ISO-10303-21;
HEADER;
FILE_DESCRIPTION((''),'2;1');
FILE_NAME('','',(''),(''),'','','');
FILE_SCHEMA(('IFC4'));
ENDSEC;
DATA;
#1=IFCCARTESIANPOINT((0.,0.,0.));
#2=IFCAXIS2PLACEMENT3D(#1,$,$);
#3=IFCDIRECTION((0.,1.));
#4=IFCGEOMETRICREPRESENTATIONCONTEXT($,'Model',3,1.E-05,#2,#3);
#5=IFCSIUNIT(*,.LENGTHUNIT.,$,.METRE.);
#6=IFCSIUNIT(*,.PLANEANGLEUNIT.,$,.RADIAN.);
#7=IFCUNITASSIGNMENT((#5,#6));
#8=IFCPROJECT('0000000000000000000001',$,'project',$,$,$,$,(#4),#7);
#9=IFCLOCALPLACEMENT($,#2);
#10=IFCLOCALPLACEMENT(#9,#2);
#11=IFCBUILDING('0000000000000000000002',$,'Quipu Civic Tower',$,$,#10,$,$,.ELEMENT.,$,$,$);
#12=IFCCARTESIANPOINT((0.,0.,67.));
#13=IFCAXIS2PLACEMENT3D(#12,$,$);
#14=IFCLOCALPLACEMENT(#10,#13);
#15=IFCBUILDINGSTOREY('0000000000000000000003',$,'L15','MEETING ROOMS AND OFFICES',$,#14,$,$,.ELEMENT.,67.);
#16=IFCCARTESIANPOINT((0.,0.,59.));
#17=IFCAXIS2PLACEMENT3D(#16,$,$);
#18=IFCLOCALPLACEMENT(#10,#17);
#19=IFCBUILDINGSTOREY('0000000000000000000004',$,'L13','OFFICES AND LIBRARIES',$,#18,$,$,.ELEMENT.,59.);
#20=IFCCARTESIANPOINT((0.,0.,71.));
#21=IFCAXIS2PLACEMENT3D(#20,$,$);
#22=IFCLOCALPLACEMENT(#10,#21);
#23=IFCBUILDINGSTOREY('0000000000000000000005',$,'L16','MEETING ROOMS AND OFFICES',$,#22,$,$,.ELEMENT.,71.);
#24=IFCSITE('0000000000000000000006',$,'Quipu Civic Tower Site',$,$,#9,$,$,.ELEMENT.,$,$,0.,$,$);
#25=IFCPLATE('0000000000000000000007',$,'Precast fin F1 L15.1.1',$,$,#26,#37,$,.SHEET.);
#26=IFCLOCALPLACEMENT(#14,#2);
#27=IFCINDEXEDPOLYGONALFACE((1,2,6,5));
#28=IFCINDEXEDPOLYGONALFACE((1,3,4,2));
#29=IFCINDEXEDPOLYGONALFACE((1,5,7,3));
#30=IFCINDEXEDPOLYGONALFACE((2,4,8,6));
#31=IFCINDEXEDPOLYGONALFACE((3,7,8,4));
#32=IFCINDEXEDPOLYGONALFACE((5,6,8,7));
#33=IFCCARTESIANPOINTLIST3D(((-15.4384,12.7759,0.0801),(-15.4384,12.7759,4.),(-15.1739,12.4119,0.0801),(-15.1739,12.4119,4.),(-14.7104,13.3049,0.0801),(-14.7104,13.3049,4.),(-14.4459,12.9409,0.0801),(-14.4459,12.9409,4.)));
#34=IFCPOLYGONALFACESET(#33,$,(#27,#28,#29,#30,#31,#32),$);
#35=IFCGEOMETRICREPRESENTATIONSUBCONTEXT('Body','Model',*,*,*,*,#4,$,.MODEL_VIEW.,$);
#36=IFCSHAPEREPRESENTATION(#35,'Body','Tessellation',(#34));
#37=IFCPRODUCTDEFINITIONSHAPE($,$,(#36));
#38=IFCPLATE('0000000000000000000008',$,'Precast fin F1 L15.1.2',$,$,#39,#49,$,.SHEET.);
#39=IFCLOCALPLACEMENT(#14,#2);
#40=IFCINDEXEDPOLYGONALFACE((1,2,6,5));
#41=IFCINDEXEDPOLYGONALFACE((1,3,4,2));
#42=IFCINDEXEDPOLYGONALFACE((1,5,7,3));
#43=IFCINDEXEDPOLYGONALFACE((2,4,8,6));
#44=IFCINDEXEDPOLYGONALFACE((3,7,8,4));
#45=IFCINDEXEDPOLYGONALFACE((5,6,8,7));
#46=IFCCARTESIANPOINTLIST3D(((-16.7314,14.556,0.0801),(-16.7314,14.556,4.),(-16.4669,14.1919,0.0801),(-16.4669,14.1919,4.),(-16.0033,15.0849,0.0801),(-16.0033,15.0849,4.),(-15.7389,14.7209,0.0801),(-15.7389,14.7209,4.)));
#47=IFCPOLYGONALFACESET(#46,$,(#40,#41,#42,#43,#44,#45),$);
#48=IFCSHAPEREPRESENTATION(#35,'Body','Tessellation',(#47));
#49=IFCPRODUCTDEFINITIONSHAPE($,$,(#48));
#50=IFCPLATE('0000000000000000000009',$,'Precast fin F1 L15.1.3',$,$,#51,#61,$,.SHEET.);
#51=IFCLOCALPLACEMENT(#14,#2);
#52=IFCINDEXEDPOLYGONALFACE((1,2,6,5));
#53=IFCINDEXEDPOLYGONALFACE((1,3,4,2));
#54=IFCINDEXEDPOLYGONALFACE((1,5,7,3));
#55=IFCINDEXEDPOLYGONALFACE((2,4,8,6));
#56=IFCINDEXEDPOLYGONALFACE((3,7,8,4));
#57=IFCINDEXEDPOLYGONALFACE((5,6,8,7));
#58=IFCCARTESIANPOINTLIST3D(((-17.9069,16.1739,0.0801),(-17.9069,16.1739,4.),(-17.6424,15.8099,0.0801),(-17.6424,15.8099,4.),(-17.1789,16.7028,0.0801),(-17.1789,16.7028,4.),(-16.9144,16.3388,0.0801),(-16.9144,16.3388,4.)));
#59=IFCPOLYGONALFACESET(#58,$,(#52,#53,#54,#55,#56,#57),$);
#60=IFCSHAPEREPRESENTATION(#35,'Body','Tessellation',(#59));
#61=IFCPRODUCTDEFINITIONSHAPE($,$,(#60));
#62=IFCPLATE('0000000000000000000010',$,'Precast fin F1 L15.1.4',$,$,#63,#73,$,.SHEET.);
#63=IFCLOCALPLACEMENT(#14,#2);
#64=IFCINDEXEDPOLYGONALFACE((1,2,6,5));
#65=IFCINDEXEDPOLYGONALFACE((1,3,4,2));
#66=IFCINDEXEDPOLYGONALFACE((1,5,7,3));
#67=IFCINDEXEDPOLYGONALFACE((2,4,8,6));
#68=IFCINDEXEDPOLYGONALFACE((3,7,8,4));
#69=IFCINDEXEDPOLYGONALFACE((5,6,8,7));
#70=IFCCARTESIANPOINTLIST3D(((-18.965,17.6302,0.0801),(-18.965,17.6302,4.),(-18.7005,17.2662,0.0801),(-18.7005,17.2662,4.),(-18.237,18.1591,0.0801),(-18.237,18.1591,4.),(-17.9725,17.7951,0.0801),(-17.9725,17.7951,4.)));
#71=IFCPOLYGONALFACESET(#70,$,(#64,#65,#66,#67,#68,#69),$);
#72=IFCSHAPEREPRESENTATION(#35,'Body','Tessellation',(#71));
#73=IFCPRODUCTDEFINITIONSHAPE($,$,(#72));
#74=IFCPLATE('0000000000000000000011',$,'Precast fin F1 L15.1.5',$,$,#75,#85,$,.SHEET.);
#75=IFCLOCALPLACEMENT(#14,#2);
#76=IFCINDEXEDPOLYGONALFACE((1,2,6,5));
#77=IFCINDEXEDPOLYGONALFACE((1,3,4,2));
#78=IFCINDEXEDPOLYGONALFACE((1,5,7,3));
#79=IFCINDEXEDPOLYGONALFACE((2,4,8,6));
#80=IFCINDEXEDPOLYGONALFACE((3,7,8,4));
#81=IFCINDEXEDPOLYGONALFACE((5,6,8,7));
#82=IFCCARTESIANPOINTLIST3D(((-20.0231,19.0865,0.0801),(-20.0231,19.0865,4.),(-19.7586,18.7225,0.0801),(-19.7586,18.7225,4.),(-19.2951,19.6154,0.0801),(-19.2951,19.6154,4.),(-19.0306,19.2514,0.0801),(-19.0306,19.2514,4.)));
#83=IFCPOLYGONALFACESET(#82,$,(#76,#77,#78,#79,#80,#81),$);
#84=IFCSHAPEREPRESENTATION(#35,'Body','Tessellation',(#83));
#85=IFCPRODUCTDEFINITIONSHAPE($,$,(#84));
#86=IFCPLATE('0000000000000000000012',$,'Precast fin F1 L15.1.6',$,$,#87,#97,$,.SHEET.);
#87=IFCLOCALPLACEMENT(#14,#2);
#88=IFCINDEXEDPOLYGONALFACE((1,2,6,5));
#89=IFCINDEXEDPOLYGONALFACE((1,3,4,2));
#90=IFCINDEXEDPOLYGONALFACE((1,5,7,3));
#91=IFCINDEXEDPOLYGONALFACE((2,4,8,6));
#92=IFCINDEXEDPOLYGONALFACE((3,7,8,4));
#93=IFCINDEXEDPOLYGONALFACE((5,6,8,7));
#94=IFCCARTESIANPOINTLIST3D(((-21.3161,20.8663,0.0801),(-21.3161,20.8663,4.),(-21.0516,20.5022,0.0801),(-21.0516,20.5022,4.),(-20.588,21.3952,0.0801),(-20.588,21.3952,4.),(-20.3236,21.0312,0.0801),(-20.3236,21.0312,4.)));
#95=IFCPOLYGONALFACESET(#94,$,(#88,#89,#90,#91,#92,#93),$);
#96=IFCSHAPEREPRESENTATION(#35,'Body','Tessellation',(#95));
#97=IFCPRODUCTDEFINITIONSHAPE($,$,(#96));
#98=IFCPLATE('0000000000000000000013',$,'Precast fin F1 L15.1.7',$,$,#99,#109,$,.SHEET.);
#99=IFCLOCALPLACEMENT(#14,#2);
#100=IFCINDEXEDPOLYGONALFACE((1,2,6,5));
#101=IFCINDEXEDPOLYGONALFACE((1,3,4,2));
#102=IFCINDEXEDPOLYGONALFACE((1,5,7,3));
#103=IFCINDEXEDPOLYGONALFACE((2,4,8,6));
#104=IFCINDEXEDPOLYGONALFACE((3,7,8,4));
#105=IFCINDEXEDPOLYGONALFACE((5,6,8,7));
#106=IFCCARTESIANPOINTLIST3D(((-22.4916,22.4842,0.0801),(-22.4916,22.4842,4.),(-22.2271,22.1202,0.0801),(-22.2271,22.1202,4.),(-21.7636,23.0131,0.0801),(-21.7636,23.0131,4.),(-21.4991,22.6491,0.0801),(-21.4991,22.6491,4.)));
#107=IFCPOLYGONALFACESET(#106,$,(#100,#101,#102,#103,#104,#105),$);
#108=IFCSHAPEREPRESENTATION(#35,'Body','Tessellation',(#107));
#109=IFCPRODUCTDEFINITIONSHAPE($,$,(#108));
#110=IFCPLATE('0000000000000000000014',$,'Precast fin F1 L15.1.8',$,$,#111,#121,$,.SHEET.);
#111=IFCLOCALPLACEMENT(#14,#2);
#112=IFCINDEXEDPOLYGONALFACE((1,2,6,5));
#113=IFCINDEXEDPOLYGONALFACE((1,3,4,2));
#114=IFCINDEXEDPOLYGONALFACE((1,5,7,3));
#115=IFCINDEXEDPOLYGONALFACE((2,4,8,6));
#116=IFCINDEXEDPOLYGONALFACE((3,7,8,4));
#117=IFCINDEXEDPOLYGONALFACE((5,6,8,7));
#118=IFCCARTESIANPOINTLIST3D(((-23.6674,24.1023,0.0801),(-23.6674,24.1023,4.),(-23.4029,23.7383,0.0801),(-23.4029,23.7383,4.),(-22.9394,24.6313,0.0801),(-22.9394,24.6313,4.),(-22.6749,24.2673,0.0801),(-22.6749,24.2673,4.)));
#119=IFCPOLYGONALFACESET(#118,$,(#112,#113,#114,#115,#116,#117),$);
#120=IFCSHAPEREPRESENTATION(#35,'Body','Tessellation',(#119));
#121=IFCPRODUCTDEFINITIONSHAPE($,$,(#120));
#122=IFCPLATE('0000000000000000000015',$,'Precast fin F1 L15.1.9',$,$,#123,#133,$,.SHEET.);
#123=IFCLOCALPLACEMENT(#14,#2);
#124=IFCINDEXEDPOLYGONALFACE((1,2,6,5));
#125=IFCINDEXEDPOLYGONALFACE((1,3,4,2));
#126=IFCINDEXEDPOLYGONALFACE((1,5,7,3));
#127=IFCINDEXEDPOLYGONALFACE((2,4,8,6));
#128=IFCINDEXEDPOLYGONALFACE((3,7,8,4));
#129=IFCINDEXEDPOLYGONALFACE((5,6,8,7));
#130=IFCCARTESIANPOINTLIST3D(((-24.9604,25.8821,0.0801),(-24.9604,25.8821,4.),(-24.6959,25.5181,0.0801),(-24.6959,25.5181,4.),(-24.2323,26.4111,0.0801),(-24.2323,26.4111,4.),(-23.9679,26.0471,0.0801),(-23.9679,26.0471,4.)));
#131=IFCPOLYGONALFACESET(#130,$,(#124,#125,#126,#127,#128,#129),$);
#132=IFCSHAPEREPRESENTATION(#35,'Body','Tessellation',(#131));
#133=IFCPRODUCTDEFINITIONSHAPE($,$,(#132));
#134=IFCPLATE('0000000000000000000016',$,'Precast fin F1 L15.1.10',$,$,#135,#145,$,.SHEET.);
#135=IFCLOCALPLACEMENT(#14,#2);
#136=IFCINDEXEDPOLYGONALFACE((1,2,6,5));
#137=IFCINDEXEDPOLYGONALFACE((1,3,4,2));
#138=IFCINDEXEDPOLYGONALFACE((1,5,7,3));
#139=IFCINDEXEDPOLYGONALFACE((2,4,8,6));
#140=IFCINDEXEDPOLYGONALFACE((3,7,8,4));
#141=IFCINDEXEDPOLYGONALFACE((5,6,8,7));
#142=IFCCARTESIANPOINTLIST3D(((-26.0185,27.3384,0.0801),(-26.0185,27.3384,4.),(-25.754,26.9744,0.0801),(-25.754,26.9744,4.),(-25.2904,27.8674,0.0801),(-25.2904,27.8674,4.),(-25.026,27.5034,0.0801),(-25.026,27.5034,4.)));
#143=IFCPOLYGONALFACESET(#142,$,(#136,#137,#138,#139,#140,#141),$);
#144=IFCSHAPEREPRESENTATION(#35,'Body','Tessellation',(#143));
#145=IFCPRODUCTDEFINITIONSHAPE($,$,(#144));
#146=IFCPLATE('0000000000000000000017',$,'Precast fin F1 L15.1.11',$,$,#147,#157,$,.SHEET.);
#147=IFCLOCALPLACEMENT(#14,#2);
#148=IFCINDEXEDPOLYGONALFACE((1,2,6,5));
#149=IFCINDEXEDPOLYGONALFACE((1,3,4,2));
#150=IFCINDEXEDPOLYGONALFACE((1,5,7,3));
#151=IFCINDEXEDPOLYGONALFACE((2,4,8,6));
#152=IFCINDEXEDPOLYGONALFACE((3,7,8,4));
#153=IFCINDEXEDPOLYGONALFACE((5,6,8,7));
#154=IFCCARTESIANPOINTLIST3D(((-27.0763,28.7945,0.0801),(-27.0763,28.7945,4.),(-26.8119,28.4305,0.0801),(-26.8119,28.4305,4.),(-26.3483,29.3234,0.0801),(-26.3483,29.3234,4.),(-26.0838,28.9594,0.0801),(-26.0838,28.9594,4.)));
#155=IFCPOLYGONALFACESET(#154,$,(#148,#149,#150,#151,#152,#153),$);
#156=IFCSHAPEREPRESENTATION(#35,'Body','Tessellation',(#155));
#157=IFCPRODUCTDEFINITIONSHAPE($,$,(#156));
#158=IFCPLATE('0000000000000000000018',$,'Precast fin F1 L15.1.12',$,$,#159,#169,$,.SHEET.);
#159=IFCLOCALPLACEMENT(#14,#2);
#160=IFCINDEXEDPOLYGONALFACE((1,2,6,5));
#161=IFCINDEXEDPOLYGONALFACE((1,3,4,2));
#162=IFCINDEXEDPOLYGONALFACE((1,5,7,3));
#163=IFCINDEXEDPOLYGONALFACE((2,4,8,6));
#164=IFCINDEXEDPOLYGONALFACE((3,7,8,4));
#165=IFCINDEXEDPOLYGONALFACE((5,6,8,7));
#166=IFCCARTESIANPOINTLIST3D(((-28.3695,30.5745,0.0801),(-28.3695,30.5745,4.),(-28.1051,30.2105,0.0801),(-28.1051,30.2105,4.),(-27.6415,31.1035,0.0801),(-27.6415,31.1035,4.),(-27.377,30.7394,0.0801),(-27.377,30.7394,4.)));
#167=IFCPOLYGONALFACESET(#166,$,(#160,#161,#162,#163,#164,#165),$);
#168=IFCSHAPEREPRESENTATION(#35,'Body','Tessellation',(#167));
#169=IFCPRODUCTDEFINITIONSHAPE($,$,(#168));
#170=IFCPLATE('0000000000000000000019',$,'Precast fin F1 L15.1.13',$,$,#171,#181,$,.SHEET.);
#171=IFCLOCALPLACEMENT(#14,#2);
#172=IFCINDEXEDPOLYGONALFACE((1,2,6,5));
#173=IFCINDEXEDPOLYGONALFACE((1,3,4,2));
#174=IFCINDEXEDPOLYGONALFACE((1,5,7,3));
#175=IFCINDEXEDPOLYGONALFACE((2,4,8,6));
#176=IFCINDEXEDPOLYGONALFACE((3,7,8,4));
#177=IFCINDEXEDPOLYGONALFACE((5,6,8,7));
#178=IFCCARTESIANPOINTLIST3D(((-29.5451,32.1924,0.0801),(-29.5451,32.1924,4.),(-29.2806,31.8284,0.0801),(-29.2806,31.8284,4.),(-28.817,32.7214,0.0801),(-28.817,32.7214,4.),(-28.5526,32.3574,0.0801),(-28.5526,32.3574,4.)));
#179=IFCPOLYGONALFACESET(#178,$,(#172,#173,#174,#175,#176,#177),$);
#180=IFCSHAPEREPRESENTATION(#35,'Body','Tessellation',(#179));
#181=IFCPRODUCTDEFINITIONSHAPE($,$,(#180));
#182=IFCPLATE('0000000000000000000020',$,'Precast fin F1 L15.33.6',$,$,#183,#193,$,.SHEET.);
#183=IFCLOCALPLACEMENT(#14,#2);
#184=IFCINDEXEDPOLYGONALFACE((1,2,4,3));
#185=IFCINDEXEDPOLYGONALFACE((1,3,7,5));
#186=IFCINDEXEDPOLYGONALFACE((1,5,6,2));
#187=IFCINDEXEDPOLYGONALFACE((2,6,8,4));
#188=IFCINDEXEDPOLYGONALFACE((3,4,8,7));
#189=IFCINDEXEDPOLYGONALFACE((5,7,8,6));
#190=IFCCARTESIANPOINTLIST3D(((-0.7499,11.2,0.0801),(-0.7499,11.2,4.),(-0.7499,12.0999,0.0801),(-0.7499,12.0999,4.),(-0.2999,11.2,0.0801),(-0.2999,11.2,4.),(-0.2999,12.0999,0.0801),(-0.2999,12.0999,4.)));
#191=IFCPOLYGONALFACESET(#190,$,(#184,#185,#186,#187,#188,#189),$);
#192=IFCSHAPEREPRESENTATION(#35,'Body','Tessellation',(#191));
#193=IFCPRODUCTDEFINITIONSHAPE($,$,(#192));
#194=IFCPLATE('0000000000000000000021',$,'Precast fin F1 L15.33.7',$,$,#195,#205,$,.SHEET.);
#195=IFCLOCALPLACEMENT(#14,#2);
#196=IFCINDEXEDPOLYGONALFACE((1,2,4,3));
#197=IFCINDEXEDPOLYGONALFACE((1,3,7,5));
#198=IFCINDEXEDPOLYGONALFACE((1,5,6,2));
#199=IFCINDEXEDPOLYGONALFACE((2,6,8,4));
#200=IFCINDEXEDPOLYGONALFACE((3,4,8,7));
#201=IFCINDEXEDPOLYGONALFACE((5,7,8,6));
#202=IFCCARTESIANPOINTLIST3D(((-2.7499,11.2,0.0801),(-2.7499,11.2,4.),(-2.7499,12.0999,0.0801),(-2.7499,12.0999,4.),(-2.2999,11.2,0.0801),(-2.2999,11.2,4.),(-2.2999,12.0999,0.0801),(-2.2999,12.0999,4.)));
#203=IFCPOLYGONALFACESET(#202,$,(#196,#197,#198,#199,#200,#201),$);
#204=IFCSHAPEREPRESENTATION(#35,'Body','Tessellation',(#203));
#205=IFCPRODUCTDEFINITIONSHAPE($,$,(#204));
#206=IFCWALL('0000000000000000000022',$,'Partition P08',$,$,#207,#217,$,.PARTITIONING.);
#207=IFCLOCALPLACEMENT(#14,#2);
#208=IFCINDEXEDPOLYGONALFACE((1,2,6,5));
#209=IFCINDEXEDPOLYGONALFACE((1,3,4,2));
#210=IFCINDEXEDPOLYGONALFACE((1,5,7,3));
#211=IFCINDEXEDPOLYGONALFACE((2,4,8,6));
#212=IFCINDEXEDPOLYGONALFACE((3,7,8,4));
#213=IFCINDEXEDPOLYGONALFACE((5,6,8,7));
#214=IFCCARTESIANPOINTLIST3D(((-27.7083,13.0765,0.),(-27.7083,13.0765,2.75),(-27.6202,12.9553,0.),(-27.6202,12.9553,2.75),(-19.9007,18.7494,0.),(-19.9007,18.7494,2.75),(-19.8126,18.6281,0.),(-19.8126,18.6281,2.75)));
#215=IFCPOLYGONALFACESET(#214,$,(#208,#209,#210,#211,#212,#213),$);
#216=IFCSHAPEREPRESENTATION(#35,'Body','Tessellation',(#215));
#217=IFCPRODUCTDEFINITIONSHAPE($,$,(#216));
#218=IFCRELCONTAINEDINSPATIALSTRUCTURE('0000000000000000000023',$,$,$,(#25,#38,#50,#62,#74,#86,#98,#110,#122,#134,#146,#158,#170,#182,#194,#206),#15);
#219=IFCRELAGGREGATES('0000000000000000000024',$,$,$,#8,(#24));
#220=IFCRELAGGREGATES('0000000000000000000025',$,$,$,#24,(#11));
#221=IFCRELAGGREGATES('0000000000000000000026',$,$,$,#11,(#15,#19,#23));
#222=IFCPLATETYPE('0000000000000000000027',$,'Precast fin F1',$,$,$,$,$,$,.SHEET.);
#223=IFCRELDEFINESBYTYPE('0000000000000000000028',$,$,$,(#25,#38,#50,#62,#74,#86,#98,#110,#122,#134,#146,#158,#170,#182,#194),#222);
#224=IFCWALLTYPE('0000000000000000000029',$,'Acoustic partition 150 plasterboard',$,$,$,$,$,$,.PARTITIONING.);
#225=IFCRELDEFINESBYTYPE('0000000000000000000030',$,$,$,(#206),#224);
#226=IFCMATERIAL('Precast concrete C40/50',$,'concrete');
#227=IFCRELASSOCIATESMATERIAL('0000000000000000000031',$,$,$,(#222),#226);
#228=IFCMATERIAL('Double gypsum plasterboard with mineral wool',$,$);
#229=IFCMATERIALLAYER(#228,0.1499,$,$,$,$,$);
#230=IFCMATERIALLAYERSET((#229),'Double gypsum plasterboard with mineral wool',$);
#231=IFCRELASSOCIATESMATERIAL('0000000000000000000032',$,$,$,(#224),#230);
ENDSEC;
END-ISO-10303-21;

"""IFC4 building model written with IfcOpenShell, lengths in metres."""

from ifc_helpers import new_model, si_unit, direction, frame, frame_2d, origin, origin_2d, place, context, subcontext, project, spatial, rectangle, extrude, material, layer, layer_set, type_object, element, save


model = new_model("IFC4")

# Units and contexts
model_context = context("Model", 3, precision=1e-05, world=origin(), true_north=direction((0.0, 1.0)))
body_context = subcontext(model_context, "Body", "Model", "MODEL_VIEW")
ifc_project = project(units=[si_unit("LENGTHUNIT", "METRE"), si_unit("PLANEANGLEUNIT", "RADIAN")], contexts=[model_context])

# Site, building, storey
site_placement = place(None, origin())
site = spatial("IfcSite", under=ifc_project, at=site_placement, Name="Quipu Civic Tower Site", CompositionType="ELEMENT", RefElevation=0.0)
building_placement = place(site_placement, origin())
building = spatial("IfcBuilding", under=site, at=building_placement, Name="Quipu Civic Tower", CompositionType="ELEMENT")
storey_1_placement = place(building_placement, frame((0.0, 0.0, 67.0)))
storey_1 = spatial("IfcBuildingStorey", under=building, at=storey_1_placement, Name="L15", Description="MEETING ROOMS AND OFFICES", CompositionType="ELEMENT", Elevation=67.0)

# Shared definitions
storey_2_placement = place(building_placement, frame((0.0, 0.0, 59.0)))
storey_2 = spatial("IfcBuildingStorey", under=building, at=storey_2_placement, Name="L13", Description="OFFICES AND LIBRARIES", CompositionType="ELEMENT", Elevation=59.0)

# Shared definitions
storey_3_placement = place(building_placement, frame((0.0, 0.0, 71.0)))
storey_3 = spatial("IfcBuildingStorey", under=building, at=storey_3_placement, Name="L16", Description="MEETING ROOMS AND OFFICES", CompositionType="ELEMENT", Elevation=71.0)

# Plates
ifc_material_1 = material(Name="Precast concrete C40/50", Category="concrete")
plate_type_1 = type_object("IfcPlateType", Name="Precast fin F1", PredefinedType="SHEET", material=ifc_material_1)
for number, where, z_axis, x_axis, name in (
    (1, (-14.9421, 12.8584, 0.0801), (0.0, 0.0, 1.0), (-0.587785, 0.809017, 0.0), "Precast fin F1 L15.1.1"),
    (2, (-16.2351, 14.6384, 0.0801), (0.0, 0.0, 1.0), (-0.587785, 0.809017, 0.0), "Precast fin F1 L15.1.2"),
    (3, (-17.4106, 16.2563, 0.0801), (0.0, 0.0, 1.0), (-0.587785, 0.809017, 0.0), "Precast fin F1 L15.1.3"),
    (4, (-18.4688, 17.7126, 0.0801), (0.0, 0.0, 1.0), (-0.587785, 0.809017, 0.0), "Precast fin F1 L15.1.4"),
    (5, (-19.5269, 19.1689, 0.0801), (0.0, 0.0, 1.0), (-0.587785, 0.809017, 0.0), "Precast fin F1 L15.1.5"),
    (6, (-20.8198, 20.9487, 0.0801), (0.0, 0.0, 1.0), (-0.587785, 0.809017, 0.0), "Precast fin F1 L15.1.6"),
    (7, (-21.9954, 22.5667, 0.0801), (0.0, 0.0, 1.0), (-0.587785, 0.809017, 0.0), "Precast fin F1 L15.1.7"),
    (8, (-23.1711, 24.1848, 0.0801), (0.0, 0.0, 1.0), (-0.587785, 0.809017, 0.0), "Precast fin F1 L15.1.8"),
    (9, (-24.4641, 25.9646, 0.0801), (0.0, 0.0, 1.0), (-0.587785, 0.809017, 0.0), "Precast fin F1 L15.1.9"),
    (10, (-25.5222, 27.4209, 0.0801), (0.0, 0.0, 1.0), (-0.587785, 0.809017, 0.0), "Precast fin F1 L15.1.10"),
    (11, (-26.5801, 28.877, 0.0801), (0.0, 0.0, 1.0), (-0.587785, 0.809017, 0.0), "Precast fin F1 L15.1.11"),
    (12, (-27.8733, 30.657, 0.0801), (0.0, 0.0, 1.0), (-0.587785, 0.809017, 0.0), "Precast fin F1 L15.1.12"),
    (13, (-29.0488, 32.2749, 0.0801), (0.0, 0.0, 1.0), (-0.587785, 0.809017, 0.0), "Precast fin F1 L15.1.13"),
    (14, (-0.5249, 11.6499, 0.0801), (0.0, 0.0, 1.0), (-1.0, 0.0, 0.0), "Precast fin F1 L15.33.6"),
    (15, (-2.5249, 11.6499, 0.0801), (0.0, 0.0, 1.0), (-1.0, 0.0, 0.0), "Precast fin F1 L15.33.7"),
):
    element("IfcPlate", number, at=place(storey_1_placement, frame(where, z_axis=z_axis, x_axis=x_axis)), inside=storey_1, type_object=plate_type_1, Name=name, PredefinedType="SHEET", context=body_context, shape_type="SweptSolid", body=[
        extrude(rectangle(XDim=0.45, YDim=0.8999, at=origin_2d()), origin(), (0.0, 0.0, 1.0), 3.9199),
    ])

# Wall
ifc_material_2 = material(Name="Double gypsum plasterboard with mineral wool")
ifc_layer_1 = layer(ifc_material_2, 0.1499)
ifc_layer_set_1 = layer_set([ifc_layer_1], Name="Double gypsum plasterboard with mineral wool")
wall_type = type_object("IfcWallType", Name="Acoustic partition 150 plasterboard", PredefinedType="PARTITIONING", material=ifc_layer_set_1)
wall_placement = place(storey_1_placement, frame((-19.8567, 18.6887, 0.0), z_axis=(0.0, 0.0, 1.0), x_axis=(-0.809003, -0.587805, 0.0)))
element("IfcWall", 16, at=wall_placement, inside=storey_1, type_object=wall_type, Name="Partition P08", PredefinedType="PARTITIONING", context=body_context, shape_type="SweptSolid", body=[
    extrude(rectangle(XDim=9.6509, YDim=0.1499, at=frame_2d((4.8254, 0.0))), origin(), (0.0, 0.0, 1.0), 2.75),
])

save(model, "model.ifc")
